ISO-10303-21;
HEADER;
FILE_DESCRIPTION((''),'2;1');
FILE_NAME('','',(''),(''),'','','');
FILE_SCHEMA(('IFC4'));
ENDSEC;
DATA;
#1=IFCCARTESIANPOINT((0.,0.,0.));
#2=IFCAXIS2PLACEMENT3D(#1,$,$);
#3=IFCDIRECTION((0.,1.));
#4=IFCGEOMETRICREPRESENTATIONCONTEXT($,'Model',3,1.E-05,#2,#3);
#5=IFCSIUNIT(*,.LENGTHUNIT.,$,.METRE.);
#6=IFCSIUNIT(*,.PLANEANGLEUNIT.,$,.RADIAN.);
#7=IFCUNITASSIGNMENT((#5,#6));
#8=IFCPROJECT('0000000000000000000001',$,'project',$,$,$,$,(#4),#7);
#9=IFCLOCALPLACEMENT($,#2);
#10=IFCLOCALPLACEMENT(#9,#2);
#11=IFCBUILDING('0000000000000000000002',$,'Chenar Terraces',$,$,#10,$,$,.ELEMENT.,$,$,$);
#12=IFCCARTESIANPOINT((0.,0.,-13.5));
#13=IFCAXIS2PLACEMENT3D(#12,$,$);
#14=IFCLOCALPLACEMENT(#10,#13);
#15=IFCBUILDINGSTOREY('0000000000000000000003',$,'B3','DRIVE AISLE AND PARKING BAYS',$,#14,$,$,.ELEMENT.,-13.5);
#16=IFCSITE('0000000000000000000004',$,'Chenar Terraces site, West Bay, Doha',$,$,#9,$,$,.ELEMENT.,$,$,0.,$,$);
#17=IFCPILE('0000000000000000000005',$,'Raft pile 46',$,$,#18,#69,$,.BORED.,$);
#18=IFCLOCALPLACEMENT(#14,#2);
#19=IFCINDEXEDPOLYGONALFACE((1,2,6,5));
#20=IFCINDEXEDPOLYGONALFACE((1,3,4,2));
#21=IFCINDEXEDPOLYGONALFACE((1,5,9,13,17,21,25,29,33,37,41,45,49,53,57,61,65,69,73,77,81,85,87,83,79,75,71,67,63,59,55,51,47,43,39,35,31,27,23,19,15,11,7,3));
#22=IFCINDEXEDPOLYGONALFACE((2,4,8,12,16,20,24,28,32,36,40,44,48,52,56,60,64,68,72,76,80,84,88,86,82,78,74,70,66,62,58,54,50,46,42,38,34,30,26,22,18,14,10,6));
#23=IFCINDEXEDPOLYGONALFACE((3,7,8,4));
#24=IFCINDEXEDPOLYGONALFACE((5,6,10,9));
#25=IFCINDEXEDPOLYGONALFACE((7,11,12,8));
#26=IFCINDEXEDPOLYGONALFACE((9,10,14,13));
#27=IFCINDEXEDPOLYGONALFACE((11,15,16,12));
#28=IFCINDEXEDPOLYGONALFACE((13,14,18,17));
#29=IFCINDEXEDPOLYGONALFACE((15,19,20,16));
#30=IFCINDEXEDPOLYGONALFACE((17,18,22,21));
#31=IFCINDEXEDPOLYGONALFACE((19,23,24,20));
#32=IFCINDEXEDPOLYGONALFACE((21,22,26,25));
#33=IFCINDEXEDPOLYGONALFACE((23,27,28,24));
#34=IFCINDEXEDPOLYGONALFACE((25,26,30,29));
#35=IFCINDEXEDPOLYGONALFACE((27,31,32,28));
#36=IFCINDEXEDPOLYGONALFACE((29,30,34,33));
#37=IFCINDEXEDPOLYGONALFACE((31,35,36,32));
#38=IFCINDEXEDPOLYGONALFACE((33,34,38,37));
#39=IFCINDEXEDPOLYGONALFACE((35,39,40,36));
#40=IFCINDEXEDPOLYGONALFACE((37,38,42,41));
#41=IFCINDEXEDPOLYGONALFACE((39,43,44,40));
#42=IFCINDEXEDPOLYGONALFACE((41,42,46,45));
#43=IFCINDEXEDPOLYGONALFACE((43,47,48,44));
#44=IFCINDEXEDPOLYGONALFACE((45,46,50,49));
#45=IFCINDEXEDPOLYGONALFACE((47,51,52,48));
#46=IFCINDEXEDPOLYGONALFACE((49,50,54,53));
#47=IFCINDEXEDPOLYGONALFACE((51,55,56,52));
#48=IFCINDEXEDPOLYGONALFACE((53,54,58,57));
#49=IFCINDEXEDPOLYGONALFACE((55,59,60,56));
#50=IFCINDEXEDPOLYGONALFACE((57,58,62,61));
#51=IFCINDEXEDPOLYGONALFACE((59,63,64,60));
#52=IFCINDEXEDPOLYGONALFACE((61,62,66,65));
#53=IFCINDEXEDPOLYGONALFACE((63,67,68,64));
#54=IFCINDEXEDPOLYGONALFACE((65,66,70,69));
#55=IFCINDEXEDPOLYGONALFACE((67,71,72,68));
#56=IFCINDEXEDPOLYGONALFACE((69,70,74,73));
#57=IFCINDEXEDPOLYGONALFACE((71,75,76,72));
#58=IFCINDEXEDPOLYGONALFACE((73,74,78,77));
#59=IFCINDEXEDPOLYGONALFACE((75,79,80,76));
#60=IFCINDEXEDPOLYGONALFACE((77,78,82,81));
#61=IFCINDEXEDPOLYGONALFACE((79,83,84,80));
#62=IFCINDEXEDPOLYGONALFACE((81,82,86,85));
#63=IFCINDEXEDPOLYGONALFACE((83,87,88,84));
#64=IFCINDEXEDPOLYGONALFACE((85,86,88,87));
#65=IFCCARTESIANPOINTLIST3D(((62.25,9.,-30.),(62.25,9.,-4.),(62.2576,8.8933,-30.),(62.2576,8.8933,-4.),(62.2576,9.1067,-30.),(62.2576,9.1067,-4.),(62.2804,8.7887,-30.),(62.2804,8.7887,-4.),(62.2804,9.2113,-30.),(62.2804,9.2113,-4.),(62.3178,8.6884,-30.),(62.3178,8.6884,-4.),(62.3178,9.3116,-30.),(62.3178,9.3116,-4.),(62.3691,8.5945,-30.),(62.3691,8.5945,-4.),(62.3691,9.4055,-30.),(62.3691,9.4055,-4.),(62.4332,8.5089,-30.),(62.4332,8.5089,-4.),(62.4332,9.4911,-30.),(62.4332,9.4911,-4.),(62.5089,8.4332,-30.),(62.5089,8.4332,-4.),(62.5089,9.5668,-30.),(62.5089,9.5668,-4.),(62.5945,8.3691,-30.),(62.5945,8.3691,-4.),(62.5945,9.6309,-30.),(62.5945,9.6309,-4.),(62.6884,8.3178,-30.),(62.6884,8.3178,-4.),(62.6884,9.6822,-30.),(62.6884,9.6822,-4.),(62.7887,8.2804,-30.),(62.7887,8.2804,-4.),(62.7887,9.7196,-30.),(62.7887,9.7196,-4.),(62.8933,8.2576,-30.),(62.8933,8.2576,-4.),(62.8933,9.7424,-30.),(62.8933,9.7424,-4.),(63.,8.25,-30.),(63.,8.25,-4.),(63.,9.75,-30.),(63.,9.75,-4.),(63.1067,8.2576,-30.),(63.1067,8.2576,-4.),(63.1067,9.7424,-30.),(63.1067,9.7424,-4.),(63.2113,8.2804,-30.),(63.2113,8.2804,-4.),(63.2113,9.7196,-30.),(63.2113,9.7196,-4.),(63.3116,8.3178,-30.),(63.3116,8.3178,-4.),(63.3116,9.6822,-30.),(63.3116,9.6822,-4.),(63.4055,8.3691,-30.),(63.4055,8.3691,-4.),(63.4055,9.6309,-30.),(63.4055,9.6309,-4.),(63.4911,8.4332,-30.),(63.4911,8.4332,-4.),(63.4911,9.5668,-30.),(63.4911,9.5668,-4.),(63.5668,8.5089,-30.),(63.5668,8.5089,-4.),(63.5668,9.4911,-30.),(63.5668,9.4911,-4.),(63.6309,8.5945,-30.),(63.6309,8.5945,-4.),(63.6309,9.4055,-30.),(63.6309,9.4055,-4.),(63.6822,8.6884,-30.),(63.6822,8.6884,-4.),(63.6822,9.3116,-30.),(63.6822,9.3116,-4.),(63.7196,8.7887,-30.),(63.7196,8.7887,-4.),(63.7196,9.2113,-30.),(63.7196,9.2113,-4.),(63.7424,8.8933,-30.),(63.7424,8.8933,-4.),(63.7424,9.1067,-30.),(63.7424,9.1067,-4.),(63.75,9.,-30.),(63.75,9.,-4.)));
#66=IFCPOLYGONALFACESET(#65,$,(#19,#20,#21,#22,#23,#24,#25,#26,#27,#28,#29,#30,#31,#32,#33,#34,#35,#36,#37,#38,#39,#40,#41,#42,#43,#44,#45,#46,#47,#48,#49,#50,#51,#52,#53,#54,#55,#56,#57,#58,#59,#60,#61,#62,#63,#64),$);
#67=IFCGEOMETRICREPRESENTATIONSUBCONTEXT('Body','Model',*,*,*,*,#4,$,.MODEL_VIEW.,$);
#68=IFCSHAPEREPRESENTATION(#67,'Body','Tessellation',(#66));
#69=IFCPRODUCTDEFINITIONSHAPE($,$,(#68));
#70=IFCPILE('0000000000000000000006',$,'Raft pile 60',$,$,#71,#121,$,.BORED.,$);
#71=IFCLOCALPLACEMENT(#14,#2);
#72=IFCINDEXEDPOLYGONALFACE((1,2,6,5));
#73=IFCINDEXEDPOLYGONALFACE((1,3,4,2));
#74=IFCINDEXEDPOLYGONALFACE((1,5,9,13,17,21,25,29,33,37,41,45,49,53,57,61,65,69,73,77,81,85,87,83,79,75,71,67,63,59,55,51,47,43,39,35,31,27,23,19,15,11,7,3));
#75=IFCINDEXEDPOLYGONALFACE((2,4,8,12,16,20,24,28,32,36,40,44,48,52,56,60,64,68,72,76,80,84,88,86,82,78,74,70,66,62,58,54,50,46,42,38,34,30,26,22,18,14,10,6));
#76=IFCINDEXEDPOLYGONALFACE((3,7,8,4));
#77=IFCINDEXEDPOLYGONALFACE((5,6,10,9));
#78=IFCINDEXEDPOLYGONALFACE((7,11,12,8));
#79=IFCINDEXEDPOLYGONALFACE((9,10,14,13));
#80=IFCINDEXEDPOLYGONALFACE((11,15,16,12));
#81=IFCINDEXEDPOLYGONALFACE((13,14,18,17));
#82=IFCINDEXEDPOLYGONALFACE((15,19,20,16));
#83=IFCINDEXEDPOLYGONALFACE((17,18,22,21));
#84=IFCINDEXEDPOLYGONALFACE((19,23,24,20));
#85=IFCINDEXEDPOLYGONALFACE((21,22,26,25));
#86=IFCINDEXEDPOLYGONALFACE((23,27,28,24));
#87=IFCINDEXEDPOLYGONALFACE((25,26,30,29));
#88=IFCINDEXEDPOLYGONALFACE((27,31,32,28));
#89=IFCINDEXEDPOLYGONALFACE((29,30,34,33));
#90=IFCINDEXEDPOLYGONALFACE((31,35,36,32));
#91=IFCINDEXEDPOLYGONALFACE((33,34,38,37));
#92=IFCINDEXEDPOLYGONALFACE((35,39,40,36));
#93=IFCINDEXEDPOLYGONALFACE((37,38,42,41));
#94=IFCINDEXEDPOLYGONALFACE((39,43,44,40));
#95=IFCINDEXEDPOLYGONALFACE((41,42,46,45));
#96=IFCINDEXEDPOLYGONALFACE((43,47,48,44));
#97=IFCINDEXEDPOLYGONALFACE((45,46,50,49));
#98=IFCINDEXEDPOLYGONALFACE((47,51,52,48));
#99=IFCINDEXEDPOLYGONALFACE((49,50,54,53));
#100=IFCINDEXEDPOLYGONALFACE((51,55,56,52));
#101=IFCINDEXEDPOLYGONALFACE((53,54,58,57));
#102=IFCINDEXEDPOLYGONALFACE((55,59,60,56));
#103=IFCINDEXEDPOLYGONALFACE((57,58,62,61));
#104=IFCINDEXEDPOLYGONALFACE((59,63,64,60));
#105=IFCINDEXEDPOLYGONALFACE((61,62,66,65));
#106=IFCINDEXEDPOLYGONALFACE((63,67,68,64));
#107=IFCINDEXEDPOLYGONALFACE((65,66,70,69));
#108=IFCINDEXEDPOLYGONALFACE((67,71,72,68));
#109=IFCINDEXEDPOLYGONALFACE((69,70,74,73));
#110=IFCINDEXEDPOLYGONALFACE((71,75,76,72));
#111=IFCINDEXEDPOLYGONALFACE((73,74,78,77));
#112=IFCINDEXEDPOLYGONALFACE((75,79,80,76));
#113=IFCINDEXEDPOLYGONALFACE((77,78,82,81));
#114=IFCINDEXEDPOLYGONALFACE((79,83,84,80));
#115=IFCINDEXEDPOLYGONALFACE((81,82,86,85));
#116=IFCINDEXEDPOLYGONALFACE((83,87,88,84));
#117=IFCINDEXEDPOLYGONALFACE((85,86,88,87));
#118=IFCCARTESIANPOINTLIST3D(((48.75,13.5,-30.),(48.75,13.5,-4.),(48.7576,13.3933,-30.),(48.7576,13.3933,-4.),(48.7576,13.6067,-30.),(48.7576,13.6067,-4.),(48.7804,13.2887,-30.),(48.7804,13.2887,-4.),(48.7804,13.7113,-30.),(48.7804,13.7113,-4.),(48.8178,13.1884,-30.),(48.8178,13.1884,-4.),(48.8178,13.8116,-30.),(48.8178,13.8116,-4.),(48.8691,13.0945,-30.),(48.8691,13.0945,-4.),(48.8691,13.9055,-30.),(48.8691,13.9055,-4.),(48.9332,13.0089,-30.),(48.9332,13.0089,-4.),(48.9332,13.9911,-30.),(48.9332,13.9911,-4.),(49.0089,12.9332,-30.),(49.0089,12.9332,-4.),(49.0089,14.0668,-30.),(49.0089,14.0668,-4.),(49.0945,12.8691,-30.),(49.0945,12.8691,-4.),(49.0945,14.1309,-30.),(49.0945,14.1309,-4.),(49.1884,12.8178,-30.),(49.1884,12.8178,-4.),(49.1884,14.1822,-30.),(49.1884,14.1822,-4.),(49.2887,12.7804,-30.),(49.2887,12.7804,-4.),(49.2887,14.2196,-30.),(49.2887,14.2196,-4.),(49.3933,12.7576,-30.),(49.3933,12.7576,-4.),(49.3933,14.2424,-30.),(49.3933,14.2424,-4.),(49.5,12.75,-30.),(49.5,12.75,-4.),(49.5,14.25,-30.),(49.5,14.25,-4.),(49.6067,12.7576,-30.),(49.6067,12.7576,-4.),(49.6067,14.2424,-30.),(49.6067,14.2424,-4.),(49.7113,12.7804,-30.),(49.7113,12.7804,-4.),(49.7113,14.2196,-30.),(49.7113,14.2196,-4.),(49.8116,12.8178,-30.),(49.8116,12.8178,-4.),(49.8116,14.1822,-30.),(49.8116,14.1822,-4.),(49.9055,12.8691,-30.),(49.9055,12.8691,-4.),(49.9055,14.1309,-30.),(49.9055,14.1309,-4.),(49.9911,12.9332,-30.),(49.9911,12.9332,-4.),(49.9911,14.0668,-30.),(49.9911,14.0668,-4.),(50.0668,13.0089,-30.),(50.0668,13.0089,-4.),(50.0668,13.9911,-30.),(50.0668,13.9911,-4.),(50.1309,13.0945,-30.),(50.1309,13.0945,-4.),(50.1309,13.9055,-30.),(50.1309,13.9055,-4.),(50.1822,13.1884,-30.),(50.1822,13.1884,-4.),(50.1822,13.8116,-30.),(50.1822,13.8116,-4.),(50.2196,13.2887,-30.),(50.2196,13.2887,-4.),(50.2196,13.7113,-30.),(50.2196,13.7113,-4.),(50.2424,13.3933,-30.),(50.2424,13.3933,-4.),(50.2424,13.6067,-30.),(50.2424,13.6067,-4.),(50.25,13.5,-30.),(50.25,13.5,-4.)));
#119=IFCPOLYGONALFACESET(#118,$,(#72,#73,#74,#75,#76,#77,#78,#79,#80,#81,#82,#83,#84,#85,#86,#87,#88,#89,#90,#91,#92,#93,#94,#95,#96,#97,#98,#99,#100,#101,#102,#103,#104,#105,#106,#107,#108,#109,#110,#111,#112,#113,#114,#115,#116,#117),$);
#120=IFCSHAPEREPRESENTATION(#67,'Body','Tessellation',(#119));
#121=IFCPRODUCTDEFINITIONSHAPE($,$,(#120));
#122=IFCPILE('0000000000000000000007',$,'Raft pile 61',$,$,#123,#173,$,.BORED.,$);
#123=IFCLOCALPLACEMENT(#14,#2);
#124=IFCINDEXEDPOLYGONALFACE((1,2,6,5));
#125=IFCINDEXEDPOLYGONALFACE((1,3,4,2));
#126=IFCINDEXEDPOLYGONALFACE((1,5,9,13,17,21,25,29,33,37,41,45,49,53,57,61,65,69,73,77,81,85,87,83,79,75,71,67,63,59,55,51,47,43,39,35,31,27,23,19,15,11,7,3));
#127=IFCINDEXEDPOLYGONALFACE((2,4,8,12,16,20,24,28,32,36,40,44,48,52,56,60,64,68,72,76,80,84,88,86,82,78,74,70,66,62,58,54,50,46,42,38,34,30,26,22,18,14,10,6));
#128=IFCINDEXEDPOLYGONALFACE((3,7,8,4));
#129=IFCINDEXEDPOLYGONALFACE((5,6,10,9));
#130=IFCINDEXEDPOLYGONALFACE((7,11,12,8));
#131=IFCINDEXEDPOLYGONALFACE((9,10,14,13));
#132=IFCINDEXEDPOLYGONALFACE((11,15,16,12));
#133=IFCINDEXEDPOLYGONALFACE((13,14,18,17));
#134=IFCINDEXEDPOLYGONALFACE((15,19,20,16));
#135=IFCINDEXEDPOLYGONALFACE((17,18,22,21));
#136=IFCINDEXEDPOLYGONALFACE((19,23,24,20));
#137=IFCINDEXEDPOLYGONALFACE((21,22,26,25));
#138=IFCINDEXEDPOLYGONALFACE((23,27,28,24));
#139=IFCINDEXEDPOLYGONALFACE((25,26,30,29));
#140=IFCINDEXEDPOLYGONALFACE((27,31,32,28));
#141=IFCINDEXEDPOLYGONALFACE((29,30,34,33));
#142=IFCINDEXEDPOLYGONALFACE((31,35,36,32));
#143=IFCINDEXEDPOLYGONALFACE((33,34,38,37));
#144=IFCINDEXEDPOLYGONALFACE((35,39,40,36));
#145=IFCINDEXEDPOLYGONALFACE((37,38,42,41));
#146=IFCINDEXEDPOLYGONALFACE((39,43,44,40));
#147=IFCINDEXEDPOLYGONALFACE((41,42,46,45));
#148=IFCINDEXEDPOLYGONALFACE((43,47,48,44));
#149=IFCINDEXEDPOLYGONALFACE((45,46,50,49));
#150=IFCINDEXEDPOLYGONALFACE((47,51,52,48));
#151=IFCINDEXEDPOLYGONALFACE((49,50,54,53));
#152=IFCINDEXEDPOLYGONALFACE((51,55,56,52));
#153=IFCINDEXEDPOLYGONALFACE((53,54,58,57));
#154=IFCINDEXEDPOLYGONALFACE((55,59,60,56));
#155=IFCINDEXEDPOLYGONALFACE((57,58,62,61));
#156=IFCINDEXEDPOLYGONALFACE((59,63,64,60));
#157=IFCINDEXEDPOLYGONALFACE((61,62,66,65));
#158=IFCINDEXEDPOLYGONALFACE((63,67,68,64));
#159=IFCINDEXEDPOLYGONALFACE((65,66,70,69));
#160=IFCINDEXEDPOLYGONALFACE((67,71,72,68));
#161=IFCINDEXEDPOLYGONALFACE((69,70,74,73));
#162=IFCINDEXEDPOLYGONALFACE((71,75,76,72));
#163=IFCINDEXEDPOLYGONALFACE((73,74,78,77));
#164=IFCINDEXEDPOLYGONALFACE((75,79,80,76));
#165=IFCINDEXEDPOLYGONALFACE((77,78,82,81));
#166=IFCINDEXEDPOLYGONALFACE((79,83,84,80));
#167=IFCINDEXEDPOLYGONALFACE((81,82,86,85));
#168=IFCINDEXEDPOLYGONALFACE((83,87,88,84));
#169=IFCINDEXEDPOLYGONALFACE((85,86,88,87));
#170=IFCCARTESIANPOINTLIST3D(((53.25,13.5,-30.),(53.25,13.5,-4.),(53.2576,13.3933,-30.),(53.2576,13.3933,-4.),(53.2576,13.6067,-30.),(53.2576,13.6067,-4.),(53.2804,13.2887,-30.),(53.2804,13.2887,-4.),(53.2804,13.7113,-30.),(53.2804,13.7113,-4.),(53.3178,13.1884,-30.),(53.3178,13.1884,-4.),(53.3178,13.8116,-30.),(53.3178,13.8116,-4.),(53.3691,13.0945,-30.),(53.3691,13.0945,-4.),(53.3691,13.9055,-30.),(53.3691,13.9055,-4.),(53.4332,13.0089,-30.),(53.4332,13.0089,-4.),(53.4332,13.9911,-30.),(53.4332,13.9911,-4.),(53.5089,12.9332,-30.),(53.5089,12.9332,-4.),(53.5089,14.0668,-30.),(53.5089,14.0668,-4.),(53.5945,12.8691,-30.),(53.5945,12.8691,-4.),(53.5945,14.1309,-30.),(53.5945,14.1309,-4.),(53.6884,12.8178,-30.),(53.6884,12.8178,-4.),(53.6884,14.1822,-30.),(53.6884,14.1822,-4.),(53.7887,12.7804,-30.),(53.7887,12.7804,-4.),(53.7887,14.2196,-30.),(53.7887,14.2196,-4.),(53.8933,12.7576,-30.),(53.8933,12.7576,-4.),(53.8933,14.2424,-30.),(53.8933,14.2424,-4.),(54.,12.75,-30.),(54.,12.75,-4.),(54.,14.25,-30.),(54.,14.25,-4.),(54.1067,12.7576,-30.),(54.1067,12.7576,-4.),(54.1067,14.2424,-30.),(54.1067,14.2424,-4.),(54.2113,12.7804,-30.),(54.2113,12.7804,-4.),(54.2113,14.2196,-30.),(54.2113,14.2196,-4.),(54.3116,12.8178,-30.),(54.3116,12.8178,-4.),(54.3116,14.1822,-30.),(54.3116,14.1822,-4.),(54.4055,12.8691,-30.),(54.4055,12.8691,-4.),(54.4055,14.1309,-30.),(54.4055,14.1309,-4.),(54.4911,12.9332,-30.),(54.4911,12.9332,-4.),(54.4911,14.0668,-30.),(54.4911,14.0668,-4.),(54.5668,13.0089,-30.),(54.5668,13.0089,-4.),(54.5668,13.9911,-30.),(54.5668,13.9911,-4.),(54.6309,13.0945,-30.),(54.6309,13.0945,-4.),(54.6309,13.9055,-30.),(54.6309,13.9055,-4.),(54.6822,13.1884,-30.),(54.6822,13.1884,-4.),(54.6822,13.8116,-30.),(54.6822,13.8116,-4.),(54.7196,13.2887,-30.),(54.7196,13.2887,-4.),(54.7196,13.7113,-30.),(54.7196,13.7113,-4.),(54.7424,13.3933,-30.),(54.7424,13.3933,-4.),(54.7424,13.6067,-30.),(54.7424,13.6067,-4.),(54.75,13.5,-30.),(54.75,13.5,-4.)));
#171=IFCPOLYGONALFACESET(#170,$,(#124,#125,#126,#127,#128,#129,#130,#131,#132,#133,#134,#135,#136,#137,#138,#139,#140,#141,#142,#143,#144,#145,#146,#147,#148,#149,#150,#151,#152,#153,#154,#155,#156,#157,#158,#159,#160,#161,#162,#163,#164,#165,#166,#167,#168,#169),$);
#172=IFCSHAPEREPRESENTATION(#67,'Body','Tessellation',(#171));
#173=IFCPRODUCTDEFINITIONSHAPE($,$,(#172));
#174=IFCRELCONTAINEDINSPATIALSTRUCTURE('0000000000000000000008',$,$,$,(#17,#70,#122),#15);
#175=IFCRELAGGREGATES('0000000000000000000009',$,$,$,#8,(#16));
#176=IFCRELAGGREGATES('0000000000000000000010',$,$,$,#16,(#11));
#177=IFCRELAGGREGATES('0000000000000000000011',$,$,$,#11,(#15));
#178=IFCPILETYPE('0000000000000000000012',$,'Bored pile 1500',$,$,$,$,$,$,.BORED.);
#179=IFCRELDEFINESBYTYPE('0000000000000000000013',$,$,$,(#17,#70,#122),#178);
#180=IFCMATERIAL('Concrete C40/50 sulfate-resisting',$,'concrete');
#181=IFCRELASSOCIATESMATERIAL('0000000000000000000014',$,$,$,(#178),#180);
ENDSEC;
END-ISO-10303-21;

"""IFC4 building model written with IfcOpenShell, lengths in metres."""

from ifc_helpers import new_model, si_unit, direction, frame, origin, origin_2d, place, context, subcontext, project, spatial, circle, extrude, material, material_profile, profile_set, type_object, element, save


model = new_model("IFC4")

# Units and contexts
model_context = context("Model", 3, precision=1e-05, world=origin(), true_north=direction((0.0, 1.0)))
body_context = subcontext(model_context, "Body", "Model", "MODEL_VIEW")
ifc_project = project(units=[si_unit("LENGTHUNIT", "METRE"), si_unit("PLANEANGLEUNIT", "RADIAN")], contexts=[model_context])

# Site, building, storey
site_placement = place(None, origin())
site = spatial("IfcSite", under=ifc_project, at=site_placement, Name="Chenar Terraces site, West Bay, Doha", CompositionType="ELEMENT", RefElevation=0.0)
building_placement = place(site_placement, origin())
building = spatial("IfcBuilding", under=site, at=building_placement, Name="Chenar Terraces", CompositionType="ELEMENT")
storey_placement = place(building_placement, frame((0.0, 0.0, -13.5)))
storey = spatial("IfcBuildingStorey", under=building, at=storey_placement, Name="B3", Description="DRIVE AISLE AND PARKING BAYS", CompositionType="ELEMENT", Elevation=-13.5)

# Piles
ifc_material_1 = material(Name="Concrete C40/50 sulfate-resisting", Category="concrete")
ifc_material_profile_1 = material_profile(ifc_material_1, circle(Radius=0.75, at=origin_2d()), Name="BP 1500")
ifc_profile_set_1 = profile_set([ifc_material_profile_1], Name="Concrete C40/50 sulfate-resisting")
pile_type = type_object("IfcPileType", Name="Bored pile 1500", PredefinedType="BORED", material=ifc_profile_set_1)
for number, where, z_axis, x_axis, name in (
    (1, (63.0, 9.0, -4.0), (0.0, 0.0, -1.0), (1.0, 0.0, 0.0), "Raft pile 46"),
    (2, (49.5, 13.5, -4.0), (0.0, 0.0, -1.0), (1.0, 0.0, 0.0), "Raft pile 60"),
    (3, (54.0, 13.5, -4.0), (0.0, 0.0, -1.0), (1.0, 0.0, 0.0), "Raft pile 61"),
):
    element("IfcPile", number, at=place(storey_placement, frame(where, z_axis=z_axis, x_axis=x_axis)), inside=storey, type_object=pile_type, Name=name, PredefinedType="BORED", context=body_context, shape_type="SweptSolid", body=[
        extrude(circle(Radius=0.75, at=origin_2d()), origin(), (0.0, 0.0, 1.0), 26.0),
    ])

save(model, "model.ifc")
